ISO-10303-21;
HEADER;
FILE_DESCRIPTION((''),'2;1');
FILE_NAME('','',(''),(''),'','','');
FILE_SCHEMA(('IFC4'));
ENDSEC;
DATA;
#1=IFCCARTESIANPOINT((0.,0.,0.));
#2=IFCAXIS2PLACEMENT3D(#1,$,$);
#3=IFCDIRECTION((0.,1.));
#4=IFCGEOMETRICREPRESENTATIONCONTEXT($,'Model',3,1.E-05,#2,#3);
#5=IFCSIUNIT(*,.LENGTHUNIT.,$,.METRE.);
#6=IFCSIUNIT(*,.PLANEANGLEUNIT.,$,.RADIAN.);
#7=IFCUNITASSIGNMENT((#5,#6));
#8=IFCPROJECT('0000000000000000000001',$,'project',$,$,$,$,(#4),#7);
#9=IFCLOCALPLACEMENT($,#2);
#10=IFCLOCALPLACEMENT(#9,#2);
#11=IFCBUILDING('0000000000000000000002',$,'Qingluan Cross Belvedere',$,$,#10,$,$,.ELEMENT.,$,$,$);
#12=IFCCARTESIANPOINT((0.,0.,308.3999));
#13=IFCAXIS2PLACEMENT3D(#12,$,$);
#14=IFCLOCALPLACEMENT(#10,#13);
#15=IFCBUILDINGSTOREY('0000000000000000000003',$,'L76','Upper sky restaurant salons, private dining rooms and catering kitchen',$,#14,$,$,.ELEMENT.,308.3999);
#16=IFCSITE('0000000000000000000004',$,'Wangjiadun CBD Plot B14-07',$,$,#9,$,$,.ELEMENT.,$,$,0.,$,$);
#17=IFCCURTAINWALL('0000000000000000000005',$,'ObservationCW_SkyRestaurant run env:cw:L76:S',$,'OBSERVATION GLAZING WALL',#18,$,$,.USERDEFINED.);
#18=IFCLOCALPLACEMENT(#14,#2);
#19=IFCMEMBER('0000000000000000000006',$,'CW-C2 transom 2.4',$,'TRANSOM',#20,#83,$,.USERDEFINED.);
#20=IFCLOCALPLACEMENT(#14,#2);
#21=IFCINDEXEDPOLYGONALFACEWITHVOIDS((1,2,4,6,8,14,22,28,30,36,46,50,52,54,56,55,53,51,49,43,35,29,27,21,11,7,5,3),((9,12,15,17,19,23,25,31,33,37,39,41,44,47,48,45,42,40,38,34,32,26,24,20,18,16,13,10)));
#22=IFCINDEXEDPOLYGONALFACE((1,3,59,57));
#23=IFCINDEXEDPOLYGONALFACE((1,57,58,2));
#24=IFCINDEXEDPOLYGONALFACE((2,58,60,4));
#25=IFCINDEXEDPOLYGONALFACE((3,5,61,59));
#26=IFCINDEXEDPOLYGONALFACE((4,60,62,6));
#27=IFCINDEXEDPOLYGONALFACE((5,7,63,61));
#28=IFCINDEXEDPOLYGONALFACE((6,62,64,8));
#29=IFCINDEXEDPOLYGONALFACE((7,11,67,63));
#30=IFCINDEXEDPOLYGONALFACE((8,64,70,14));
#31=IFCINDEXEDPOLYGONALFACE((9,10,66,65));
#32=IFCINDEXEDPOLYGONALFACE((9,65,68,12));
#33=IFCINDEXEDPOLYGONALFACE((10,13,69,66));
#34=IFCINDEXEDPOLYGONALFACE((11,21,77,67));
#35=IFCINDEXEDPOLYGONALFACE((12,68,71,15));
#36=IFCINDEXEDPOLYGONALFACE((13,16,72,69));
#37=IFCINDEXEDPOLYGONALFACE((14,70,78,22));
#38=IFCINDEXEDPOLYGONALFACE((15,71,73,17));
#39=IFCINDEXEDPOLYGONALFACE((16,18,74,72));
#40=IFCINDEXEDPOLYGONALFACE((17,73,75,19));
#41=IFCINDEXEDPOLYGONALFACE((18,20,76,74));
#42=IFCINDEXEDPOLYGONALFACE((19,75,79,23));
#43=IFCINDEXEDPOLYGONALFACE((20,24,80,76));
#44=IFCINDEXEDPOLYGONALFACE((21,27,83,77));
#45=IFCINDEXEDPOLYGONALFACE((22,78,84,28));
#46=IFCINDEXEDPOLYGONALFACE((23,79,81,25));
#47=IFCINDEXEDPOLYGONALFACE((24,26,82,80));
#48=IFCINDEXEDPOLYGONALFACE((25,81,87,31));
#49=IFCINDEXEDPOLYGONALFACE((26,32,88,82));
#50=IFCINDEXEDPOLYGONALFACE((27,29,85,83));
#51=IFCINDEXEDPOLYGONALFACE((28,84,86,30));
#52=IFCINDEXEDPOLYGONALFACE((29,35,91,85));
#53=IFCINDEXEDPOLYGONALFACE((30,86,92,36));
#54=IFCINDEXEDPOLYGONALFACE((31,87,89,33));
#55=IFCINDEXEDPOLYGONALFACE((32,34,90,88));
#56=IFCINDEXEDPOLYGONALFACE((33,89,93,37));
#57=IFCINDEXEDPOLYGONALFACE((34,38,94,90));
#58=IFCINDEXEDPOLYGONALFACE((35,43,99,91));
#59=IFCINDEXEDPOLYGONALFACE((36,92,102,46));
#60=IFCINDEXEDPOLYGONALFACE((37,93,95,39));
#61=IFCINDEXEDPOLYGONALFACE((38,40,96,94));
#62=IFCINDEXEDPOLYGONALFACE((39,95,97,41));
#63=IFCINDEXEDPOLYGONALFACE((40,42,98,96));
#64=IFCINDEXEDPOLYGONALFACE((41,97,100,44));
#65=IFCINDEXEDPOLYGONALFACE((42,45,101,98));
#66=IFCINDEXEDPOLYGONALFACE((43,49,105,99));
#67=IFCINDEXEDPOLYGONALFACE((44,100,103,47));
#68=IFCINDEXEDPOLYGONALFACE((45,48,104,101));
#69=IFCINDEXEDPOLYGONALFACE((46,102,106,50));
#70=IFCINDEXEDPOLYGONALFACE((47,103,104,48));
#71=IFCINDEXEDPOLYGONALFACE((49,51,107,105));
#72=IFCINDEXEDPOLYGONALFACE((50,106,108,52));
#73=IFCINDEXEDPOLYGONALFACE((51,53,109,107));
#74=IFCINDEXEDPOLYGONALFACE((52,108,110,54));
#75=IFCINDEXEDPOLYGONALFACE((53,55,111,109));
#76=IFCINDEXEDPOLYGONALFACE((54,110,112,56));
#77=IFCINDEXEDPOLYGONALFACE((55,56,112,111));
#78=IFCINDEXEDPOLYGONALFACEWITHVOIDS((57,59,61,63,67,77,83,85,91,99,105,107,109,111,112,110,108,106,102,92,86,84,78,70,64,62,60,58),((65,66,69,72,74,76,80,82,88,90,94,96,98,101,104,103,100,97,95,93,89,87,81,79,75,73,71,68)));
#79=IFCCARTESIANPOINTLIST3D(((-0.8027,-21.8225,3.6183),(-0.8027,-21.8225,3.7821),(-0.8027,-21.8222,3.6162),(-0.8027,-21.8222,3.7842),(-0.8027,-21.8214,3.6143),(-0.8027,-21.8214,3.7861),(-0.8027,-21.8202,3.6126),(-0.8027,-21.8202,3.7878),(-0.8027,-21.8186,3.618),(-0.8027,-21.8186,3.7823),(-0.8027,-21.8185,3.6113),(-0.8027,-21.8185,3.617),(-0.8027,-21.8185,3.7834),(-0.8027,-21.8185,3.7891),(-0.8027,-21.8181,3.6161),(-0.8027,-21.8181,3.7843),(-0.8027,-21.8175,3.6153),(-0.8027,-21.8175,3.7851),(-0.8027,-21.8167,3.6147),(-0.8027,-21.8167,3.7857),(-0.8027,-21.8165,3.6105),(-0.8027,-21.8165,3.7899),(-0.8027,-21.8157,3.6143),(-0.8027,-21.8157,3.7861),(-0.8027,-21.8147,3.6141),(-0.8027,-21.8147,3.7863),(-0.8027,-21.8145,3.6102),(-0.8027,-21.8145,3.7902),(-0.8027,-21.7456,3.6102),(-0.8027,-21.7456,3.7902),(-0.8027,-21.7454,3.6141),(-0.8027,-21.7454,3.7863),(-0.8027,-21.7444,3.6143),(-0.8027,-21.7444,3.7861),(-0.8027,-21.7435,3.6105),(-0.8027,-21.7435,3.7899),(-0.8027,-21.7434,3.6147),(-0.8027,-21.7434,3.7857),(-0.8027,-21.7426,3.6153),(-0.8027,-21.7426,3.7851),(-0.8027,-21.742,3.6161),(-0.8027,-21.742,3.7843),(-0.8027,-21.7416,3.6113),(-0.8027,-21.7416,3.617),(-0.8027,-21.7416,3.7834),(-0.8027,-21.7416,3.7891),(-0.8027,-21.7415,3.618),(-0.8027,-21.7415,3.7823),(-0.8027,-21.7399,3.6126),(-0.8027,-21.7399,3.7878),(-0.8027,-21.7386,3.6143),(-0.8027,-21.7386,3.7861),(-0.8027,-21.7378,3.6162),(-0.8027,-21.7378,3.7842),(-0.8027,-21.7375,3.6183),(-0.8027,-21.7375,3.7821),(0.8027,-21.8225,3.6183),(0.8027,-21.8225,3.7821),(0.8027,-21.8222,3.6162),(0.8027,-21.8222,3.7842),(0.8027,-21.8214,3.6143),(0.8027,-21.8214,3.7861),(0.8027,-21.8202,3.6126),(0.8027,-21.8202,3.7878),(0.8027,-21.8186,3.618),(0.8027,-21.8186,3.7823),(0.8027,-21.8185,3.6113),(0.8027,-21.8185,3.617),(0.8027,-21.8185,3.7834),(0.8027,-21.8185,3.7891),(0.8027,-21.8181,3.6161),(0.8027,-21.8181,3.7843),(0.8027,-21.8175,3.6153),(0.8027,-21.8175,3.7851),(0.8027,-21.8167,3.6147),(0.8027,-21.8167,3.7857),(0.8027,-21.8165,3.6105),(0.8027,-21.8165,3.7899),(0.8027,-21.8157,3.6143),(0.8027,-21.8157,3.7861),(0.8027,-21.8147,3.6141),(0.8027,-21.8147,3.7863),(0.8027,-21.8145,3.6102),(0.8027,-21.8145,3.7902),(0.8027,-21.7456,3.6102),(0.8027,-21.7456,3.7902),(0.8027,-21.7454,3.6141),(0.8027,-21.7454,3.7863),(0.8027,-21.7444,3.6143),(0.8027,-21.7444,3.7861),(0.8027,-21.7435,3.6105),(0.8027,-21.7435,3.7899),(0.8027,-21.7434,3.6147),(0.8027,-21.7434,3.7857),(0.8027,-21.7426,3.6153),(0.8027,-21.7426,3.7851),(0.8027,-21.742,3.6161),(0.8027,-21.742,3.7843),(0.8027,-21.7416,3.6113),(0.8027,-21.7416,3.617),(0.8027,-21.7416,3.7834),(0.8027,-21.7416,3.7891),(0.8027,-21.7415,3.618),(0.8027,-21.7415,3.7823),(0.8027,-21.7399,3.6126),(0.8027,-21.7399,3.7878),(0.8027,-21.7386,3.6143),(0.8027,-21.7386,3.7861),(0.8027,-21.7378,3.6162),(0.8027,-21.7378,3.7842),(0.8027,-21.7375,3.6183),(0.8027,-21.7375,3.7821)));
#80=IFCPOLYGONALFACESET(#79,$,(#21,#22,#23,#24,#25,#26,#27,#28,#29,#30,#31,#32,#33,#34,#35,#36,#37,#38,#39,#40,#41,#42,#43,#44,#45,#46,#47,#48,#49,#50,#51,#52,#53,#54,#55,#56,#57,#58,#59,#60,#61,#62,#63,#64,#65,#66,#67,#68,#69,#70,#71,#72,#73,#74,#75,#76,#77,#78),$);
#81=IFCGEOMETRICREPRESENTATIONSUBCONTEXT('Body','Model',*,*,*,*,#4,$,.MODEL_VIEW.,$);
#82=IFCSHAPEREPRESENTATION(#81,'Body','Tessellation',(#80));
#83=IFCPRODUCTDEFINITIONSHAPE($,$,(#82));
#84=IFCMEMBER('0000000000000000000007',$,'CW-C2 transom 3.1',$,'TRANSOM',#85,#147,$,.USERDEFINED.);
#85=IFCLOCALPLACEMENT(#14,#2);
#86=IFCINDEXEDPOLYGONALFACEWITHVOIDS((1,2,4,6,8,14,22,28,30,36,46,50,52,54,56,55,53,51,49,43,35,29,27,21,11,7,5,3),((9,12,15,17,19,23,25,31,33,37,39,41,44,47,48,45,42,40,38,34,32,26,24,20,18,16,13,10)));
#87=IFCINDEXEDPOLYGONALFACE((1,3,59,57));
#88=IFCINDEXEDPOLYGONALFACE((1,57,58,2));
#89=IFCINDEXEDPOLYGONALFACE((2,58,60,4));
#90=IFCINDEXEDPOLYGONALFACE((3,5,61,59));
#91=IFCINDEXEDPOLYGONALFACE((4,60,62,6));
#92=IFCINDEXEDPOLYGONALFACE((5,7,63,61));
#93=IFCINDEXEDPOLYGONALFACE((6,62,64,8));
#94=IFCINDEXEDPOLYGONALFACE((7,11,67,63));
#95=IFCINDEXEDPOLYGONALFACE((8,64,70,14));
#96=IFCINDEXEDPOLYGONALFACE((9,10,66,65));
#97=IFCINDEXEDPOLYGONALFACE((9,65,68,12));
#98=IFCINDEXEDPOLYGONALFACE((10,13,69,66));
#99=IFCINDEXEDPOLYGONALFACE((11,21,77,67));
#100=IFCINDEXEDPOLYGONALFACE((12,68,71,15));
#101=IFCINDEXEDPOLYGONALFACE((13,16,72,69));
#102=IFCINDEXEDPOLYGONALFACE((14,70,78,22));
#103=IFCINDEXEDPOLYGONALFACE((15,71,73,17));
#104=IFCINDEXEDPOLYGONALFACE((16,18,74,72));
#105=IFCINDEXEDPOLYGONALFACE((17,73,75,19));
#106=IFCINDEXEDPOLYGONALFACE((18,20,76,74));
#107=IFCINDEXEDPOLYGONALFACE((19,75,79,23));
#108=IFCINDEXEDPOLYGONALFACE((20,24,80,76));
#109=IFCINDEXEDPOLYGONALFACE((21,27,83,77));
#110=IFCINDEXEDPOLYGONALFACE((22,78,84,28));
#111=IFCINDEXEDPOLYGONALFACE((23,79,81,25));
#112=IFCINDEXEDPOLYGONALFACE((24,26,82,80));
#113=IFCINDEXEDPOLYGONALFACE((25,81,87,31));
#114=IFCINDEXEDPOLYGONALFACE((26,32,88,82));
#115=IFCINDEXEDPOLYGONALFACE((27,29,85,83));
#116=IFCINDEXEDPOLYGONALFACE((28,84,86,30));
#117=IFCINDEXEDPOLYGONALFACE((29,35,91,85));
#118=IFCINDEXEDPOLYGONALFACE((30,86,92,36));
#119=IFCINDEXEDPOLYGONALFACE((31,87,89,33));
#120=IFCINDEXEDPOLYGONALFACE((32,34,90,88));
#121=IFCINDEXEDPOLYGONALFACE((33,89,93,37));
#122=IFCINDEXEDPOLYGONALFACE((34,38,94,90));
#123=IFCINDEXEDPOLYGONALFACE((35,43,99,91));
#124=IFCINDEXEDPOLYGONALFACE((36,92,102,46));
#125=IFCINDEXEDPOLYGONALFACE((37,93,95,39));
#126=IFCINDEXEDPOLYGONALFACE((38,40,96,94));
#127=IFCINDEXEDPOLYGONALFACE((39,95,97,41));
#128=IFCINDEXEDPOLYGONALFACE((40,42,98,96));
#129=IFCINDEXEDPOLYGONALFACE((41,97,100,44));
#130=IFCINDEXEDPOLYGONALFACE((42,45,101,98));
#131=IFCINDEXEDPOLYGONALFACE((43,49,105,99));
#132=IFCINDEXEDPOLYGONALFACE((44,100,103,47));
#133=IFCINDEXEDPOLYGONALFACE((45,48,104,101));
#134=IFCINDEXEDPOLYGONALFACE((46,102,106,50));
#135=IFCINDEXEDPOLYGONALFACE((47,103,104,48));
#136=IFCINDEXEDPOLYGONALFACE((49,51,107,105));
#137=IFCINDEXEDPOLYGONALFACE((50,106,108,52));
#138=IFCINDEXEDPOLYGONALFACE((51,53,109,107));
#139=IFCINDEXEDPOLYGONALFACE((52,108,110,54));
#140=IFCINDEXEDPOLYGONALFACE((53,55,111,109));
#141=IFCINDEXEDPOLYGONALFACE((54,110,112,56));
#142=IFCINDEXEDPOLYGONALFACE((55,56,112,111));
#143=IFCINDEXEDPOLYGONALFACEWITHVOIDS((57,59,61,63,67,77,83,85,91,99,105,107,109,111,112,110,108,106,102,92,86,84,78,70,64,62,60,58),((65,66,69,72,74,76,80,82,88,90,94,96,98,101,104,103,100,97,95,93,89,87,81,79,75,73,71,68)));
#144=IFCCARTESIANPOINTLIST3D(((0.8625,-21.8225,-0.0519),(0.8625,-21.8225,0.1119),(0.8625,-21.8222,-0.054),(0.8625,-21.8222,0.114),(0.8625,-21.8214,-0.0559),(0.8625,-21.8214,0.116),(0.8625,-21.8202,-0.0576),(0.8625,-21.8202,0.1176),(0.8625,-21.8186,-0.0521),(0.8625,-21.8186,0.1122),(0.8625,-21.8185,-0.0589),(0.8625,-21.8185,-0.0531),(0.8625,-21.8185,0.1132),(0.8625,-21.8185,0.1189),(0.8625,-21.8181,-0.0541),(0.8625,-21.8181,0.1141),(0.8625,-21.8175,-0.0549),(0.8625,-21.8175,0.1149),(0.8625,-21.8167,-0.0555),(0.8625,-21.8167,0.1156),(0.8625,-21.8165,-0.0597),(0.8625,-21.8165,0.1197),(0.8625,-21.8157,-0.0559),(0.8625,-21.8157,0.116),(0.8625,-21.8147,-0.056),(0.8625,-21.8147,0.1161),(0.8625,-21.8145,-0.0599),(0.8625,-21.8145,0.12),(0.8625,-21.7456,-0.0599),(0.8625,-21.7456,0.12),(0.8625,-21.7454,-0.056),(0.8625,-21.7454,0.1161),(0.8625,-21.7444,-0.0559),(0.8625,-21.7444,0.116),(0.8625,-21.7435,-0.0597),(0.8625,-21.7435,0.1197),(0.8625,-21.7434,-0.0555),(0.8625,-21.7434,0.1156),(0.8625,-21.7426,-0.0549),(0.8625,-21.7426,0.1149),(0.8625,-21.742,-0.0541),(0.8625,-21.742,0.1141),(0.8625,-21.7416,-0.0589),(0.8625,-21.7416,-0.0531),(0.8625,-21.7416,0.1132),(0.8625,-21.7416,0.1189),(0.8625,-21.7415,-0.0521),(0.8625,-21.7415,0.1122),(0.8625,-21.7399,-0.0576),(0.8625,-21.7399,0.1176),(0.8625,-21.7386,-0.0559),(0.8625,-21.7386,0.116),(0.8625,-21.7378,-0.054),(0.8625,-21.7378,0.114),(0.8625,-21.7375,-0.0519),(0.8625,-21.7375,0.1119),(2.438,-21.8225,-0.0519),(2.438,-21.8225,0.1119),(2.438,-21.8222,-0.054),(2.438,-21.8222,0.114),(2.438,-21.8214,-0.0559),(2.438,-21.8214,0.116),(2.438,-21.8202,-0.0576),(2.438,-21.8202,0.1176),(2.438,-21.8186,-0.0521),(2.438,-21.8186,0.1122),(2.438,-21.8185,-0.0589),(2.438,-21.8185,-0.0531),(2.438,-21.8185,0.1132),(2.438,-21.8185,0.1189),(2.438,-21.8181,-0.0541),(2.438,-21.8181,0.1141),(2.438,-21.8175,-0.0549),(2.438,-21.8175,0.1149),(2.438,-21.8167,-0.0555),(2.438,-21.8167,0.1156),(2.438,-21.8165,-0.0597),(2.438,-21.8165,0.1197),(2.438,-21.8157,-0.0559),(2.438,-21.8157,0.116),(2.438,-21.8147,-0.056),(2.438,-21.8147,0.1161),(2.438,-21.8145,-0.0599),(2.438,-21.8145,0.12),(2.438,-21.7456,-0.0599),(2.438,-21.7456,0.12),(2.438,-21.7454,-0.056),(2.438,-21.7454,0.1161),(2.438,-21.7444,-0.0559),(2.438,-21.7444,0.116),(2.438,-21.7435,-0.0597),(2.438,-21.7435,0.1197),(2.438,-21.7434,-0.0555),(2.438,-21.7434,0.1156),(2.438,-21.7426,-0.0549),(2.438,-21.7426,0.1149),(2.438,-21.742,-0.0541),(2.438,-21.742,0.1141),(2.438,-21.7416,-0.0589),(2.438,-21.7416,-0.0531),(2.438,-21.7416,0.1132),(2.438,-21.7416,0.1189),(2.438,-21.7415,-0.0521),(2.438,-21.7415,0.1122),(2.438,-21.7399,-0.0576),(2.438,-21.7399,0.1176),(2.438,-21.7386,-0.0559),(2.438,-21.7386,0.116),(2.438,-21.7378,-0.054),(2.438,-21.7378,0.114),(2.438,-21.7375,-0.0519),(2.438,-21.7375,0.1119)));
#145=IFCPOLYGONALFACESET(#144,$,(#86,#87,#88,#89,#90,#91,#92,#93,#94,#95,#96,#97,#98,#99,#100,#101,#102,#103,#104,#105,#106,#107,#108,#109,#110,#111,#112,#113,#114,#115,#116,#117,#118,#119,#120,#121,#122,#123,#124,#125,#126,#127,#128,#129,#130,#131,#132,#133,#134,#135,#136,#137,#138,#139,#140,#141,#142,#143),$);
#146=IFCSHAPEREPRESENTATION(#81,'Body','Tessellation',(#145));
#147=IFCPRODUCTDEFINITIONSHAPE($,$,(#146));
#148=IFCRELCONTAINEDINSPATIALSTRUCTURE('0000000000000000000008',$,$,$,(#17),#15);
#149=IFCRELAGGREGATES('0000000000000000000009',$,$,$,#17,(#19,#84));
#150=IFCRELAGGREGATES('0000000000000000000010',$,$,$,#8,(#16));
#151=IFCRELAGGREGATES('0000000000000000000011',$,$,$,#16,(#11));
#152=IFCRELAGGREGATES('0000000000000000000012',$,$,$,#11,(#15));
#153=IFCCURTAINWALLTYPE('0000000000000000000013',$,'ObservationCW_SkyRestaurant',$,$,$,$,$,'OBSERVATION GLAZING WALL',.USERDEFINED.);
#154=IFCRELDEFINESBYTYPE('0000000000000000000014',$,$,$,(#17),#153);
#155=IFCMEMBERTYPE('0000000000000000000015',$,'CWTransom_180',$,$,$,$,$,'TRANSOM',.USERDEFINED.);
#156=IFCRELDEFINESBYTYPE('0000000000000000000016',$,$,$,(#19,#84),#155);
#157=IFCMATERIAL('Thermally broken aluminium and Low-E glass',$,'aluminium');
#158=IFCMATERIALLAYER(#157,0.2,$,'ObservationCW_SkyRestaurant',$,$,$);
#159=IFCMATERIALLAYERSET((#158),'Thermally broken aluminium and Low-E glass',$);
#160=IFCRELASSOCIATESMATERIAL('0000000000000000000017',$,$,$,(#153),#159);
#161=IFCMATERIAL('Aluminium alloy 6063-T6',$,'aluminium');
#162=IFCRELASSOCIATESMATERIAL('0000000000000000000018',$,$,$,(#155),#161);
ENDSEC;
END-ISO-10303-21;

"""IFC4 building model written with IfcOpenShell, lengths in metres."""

from ifc_helpers import new_model, si_unit, direction, frame, origin, origin_2d, place, context, subcontext, project, spatial, hollow_rectangle, extrude, material, layer, layer_set, material_profile, profile_set, type_object, element, aggregate, save


model = new_model("IFC4")

# Units and contexts
model_context = context("Model", 3, precision=1e-05, world=origin(), true_north=direction((0.0, 1.0)))
body_context = subcontext(model_context, "Body", "Model", "MODEL_VIEW")
ifc_project = project(units=[si_unit("LENGTHUNIT", "METRE"), si_unit("PLANEANGLEUNIT", "RADIAN")], contexts=[model_context])

# Site, building, storey
site_placement = place(None, origin())
site = spatial("IfcSite", under=ifc_project, at=site_placement, Name="Wangjiadun CBD Plot B14-07", CompositionType="ELEMENT", RefElevation=0.0)
building_placement = place(site_placement, origin())
building = spatial("IfcBuilding", under=site, at=building_placement, Name="Qingluan Cross Belvedere", CompositionType="ELEMENT")
storey_placement = place(building_placement, frame((0.0, 0.0, 308.3999)))
storey = spatial("IfcBuildingStorey", under=building, at=storey_placement, Name="L76", Description="Upper sky restaurant salons, private dining rooms and catering kitchen", CompositionType="ELEMENT", Elevation=308.3999)

# Curtain wall, members
ifc_material_1 = material(Name="Thermally broken aluminium and Low-E glass", Category="aluminium")
ifc_layer_1 = layer(ifc_material_1, 0.2, Name="ObservationCW_SkyRestaurant")
ifc_layer_set_1 = layer_set([ifc_layer_1], Name="Thermally broken aluminium and Low-E glass")
curtain_wall_type = type_object("IfcCurtainWallType", Name="ObservationCW_SkyRestaurant", ElementType="OBSERVATION GLAZING WALL", PredefinedType="USERDEFINED", material=ifc_layer_set_1)
curtain_wall_placement = place(storey_placement, origin())
curtain_wall = element("IfcCurtainWall", 1, at=curtain_wall_placement, inside=storey, type_object=curtain_wall_type, Name="ObservationCW_SkyRestaurant run env:cw:L76:S", ObjectType="OBSERVATION GLAZING WALL", PredefinedType="USERDEFINED")
ifc_material_2 = material(Name="Aluminium alloy 6063-T6", Category="aluminium")
ifc_material_profile_1 = material_profile(ifc_material_2, hollow_rectangle(XDim=0.085, YDim=0.1799, WallThickness=0.0039, InnerFilletRadius=0.0039, OuterFilletRadius=0.0081, at=origin_2d()), Name="CWT180x85x4")
ifc_profile_set_1 = profile_set([ifc_material_profile_1], Name="Aluminium alloy 6063-T6")
member_type_1 = type_object("IfcMemberType", Name="CWTransom_180", ElementType="TRANSOM", PredefinedType="USERDEFINED", material=ifc_profile_set_1)
member_1_placement = place(storey_placement, frame((-0.8027, -21.78, 3.7002), z_axis=(1.0, 0.0, 0.0), x_axis=(0.0, 1.0, 0.0)))
member_1 = element("IfcMember", 2, at=member_1_placement, type_object=member_type_1, Name="CW-C2 transom 2.4", ObjectType="TRANSOM", PredefinedType="USERDEFINED", context=body_context, shape_type="SweptSolid", body=[
    extrude(hollow_rectangle(XDim=0.085, YDim=0.1799, WallThickness=0.0039, InnerFilletRadius=0.0039, OuterFilletRadius=0.0081, at=origin_2d()), origin(), (0.0, 0.0, 1.0), 1.6055),
])
member_2_placement = place(storey_placement, frame((0.8625, -21.78, 0.03), z_axis=(1.0, 0.0, 0.0), x_axis=(0.0, 1.0, 0.0)))
member_2 = element("IfcMember", 3, at=member_2_placement, type_object=member_type_1, Name="CW-C2 transom 3.1", ObjectType="TRANSOM", PredefinedType="USERDEFINED", context=body_context, shape_type="SweptSolid", body=[
    extrude(hollow_rectangle(XDim=0.085, YDim=0.1799, WallThickness=0.0039, InnerFilletRadius=0.0039, OuterFilletRadius=0.0081, at=origin_2d()), origin(), (0.0, 0.0, 1.0), 1.5754),
])
aggregate(curtain_wall, [member_1, member_2])

save(model, "model.ifc")
